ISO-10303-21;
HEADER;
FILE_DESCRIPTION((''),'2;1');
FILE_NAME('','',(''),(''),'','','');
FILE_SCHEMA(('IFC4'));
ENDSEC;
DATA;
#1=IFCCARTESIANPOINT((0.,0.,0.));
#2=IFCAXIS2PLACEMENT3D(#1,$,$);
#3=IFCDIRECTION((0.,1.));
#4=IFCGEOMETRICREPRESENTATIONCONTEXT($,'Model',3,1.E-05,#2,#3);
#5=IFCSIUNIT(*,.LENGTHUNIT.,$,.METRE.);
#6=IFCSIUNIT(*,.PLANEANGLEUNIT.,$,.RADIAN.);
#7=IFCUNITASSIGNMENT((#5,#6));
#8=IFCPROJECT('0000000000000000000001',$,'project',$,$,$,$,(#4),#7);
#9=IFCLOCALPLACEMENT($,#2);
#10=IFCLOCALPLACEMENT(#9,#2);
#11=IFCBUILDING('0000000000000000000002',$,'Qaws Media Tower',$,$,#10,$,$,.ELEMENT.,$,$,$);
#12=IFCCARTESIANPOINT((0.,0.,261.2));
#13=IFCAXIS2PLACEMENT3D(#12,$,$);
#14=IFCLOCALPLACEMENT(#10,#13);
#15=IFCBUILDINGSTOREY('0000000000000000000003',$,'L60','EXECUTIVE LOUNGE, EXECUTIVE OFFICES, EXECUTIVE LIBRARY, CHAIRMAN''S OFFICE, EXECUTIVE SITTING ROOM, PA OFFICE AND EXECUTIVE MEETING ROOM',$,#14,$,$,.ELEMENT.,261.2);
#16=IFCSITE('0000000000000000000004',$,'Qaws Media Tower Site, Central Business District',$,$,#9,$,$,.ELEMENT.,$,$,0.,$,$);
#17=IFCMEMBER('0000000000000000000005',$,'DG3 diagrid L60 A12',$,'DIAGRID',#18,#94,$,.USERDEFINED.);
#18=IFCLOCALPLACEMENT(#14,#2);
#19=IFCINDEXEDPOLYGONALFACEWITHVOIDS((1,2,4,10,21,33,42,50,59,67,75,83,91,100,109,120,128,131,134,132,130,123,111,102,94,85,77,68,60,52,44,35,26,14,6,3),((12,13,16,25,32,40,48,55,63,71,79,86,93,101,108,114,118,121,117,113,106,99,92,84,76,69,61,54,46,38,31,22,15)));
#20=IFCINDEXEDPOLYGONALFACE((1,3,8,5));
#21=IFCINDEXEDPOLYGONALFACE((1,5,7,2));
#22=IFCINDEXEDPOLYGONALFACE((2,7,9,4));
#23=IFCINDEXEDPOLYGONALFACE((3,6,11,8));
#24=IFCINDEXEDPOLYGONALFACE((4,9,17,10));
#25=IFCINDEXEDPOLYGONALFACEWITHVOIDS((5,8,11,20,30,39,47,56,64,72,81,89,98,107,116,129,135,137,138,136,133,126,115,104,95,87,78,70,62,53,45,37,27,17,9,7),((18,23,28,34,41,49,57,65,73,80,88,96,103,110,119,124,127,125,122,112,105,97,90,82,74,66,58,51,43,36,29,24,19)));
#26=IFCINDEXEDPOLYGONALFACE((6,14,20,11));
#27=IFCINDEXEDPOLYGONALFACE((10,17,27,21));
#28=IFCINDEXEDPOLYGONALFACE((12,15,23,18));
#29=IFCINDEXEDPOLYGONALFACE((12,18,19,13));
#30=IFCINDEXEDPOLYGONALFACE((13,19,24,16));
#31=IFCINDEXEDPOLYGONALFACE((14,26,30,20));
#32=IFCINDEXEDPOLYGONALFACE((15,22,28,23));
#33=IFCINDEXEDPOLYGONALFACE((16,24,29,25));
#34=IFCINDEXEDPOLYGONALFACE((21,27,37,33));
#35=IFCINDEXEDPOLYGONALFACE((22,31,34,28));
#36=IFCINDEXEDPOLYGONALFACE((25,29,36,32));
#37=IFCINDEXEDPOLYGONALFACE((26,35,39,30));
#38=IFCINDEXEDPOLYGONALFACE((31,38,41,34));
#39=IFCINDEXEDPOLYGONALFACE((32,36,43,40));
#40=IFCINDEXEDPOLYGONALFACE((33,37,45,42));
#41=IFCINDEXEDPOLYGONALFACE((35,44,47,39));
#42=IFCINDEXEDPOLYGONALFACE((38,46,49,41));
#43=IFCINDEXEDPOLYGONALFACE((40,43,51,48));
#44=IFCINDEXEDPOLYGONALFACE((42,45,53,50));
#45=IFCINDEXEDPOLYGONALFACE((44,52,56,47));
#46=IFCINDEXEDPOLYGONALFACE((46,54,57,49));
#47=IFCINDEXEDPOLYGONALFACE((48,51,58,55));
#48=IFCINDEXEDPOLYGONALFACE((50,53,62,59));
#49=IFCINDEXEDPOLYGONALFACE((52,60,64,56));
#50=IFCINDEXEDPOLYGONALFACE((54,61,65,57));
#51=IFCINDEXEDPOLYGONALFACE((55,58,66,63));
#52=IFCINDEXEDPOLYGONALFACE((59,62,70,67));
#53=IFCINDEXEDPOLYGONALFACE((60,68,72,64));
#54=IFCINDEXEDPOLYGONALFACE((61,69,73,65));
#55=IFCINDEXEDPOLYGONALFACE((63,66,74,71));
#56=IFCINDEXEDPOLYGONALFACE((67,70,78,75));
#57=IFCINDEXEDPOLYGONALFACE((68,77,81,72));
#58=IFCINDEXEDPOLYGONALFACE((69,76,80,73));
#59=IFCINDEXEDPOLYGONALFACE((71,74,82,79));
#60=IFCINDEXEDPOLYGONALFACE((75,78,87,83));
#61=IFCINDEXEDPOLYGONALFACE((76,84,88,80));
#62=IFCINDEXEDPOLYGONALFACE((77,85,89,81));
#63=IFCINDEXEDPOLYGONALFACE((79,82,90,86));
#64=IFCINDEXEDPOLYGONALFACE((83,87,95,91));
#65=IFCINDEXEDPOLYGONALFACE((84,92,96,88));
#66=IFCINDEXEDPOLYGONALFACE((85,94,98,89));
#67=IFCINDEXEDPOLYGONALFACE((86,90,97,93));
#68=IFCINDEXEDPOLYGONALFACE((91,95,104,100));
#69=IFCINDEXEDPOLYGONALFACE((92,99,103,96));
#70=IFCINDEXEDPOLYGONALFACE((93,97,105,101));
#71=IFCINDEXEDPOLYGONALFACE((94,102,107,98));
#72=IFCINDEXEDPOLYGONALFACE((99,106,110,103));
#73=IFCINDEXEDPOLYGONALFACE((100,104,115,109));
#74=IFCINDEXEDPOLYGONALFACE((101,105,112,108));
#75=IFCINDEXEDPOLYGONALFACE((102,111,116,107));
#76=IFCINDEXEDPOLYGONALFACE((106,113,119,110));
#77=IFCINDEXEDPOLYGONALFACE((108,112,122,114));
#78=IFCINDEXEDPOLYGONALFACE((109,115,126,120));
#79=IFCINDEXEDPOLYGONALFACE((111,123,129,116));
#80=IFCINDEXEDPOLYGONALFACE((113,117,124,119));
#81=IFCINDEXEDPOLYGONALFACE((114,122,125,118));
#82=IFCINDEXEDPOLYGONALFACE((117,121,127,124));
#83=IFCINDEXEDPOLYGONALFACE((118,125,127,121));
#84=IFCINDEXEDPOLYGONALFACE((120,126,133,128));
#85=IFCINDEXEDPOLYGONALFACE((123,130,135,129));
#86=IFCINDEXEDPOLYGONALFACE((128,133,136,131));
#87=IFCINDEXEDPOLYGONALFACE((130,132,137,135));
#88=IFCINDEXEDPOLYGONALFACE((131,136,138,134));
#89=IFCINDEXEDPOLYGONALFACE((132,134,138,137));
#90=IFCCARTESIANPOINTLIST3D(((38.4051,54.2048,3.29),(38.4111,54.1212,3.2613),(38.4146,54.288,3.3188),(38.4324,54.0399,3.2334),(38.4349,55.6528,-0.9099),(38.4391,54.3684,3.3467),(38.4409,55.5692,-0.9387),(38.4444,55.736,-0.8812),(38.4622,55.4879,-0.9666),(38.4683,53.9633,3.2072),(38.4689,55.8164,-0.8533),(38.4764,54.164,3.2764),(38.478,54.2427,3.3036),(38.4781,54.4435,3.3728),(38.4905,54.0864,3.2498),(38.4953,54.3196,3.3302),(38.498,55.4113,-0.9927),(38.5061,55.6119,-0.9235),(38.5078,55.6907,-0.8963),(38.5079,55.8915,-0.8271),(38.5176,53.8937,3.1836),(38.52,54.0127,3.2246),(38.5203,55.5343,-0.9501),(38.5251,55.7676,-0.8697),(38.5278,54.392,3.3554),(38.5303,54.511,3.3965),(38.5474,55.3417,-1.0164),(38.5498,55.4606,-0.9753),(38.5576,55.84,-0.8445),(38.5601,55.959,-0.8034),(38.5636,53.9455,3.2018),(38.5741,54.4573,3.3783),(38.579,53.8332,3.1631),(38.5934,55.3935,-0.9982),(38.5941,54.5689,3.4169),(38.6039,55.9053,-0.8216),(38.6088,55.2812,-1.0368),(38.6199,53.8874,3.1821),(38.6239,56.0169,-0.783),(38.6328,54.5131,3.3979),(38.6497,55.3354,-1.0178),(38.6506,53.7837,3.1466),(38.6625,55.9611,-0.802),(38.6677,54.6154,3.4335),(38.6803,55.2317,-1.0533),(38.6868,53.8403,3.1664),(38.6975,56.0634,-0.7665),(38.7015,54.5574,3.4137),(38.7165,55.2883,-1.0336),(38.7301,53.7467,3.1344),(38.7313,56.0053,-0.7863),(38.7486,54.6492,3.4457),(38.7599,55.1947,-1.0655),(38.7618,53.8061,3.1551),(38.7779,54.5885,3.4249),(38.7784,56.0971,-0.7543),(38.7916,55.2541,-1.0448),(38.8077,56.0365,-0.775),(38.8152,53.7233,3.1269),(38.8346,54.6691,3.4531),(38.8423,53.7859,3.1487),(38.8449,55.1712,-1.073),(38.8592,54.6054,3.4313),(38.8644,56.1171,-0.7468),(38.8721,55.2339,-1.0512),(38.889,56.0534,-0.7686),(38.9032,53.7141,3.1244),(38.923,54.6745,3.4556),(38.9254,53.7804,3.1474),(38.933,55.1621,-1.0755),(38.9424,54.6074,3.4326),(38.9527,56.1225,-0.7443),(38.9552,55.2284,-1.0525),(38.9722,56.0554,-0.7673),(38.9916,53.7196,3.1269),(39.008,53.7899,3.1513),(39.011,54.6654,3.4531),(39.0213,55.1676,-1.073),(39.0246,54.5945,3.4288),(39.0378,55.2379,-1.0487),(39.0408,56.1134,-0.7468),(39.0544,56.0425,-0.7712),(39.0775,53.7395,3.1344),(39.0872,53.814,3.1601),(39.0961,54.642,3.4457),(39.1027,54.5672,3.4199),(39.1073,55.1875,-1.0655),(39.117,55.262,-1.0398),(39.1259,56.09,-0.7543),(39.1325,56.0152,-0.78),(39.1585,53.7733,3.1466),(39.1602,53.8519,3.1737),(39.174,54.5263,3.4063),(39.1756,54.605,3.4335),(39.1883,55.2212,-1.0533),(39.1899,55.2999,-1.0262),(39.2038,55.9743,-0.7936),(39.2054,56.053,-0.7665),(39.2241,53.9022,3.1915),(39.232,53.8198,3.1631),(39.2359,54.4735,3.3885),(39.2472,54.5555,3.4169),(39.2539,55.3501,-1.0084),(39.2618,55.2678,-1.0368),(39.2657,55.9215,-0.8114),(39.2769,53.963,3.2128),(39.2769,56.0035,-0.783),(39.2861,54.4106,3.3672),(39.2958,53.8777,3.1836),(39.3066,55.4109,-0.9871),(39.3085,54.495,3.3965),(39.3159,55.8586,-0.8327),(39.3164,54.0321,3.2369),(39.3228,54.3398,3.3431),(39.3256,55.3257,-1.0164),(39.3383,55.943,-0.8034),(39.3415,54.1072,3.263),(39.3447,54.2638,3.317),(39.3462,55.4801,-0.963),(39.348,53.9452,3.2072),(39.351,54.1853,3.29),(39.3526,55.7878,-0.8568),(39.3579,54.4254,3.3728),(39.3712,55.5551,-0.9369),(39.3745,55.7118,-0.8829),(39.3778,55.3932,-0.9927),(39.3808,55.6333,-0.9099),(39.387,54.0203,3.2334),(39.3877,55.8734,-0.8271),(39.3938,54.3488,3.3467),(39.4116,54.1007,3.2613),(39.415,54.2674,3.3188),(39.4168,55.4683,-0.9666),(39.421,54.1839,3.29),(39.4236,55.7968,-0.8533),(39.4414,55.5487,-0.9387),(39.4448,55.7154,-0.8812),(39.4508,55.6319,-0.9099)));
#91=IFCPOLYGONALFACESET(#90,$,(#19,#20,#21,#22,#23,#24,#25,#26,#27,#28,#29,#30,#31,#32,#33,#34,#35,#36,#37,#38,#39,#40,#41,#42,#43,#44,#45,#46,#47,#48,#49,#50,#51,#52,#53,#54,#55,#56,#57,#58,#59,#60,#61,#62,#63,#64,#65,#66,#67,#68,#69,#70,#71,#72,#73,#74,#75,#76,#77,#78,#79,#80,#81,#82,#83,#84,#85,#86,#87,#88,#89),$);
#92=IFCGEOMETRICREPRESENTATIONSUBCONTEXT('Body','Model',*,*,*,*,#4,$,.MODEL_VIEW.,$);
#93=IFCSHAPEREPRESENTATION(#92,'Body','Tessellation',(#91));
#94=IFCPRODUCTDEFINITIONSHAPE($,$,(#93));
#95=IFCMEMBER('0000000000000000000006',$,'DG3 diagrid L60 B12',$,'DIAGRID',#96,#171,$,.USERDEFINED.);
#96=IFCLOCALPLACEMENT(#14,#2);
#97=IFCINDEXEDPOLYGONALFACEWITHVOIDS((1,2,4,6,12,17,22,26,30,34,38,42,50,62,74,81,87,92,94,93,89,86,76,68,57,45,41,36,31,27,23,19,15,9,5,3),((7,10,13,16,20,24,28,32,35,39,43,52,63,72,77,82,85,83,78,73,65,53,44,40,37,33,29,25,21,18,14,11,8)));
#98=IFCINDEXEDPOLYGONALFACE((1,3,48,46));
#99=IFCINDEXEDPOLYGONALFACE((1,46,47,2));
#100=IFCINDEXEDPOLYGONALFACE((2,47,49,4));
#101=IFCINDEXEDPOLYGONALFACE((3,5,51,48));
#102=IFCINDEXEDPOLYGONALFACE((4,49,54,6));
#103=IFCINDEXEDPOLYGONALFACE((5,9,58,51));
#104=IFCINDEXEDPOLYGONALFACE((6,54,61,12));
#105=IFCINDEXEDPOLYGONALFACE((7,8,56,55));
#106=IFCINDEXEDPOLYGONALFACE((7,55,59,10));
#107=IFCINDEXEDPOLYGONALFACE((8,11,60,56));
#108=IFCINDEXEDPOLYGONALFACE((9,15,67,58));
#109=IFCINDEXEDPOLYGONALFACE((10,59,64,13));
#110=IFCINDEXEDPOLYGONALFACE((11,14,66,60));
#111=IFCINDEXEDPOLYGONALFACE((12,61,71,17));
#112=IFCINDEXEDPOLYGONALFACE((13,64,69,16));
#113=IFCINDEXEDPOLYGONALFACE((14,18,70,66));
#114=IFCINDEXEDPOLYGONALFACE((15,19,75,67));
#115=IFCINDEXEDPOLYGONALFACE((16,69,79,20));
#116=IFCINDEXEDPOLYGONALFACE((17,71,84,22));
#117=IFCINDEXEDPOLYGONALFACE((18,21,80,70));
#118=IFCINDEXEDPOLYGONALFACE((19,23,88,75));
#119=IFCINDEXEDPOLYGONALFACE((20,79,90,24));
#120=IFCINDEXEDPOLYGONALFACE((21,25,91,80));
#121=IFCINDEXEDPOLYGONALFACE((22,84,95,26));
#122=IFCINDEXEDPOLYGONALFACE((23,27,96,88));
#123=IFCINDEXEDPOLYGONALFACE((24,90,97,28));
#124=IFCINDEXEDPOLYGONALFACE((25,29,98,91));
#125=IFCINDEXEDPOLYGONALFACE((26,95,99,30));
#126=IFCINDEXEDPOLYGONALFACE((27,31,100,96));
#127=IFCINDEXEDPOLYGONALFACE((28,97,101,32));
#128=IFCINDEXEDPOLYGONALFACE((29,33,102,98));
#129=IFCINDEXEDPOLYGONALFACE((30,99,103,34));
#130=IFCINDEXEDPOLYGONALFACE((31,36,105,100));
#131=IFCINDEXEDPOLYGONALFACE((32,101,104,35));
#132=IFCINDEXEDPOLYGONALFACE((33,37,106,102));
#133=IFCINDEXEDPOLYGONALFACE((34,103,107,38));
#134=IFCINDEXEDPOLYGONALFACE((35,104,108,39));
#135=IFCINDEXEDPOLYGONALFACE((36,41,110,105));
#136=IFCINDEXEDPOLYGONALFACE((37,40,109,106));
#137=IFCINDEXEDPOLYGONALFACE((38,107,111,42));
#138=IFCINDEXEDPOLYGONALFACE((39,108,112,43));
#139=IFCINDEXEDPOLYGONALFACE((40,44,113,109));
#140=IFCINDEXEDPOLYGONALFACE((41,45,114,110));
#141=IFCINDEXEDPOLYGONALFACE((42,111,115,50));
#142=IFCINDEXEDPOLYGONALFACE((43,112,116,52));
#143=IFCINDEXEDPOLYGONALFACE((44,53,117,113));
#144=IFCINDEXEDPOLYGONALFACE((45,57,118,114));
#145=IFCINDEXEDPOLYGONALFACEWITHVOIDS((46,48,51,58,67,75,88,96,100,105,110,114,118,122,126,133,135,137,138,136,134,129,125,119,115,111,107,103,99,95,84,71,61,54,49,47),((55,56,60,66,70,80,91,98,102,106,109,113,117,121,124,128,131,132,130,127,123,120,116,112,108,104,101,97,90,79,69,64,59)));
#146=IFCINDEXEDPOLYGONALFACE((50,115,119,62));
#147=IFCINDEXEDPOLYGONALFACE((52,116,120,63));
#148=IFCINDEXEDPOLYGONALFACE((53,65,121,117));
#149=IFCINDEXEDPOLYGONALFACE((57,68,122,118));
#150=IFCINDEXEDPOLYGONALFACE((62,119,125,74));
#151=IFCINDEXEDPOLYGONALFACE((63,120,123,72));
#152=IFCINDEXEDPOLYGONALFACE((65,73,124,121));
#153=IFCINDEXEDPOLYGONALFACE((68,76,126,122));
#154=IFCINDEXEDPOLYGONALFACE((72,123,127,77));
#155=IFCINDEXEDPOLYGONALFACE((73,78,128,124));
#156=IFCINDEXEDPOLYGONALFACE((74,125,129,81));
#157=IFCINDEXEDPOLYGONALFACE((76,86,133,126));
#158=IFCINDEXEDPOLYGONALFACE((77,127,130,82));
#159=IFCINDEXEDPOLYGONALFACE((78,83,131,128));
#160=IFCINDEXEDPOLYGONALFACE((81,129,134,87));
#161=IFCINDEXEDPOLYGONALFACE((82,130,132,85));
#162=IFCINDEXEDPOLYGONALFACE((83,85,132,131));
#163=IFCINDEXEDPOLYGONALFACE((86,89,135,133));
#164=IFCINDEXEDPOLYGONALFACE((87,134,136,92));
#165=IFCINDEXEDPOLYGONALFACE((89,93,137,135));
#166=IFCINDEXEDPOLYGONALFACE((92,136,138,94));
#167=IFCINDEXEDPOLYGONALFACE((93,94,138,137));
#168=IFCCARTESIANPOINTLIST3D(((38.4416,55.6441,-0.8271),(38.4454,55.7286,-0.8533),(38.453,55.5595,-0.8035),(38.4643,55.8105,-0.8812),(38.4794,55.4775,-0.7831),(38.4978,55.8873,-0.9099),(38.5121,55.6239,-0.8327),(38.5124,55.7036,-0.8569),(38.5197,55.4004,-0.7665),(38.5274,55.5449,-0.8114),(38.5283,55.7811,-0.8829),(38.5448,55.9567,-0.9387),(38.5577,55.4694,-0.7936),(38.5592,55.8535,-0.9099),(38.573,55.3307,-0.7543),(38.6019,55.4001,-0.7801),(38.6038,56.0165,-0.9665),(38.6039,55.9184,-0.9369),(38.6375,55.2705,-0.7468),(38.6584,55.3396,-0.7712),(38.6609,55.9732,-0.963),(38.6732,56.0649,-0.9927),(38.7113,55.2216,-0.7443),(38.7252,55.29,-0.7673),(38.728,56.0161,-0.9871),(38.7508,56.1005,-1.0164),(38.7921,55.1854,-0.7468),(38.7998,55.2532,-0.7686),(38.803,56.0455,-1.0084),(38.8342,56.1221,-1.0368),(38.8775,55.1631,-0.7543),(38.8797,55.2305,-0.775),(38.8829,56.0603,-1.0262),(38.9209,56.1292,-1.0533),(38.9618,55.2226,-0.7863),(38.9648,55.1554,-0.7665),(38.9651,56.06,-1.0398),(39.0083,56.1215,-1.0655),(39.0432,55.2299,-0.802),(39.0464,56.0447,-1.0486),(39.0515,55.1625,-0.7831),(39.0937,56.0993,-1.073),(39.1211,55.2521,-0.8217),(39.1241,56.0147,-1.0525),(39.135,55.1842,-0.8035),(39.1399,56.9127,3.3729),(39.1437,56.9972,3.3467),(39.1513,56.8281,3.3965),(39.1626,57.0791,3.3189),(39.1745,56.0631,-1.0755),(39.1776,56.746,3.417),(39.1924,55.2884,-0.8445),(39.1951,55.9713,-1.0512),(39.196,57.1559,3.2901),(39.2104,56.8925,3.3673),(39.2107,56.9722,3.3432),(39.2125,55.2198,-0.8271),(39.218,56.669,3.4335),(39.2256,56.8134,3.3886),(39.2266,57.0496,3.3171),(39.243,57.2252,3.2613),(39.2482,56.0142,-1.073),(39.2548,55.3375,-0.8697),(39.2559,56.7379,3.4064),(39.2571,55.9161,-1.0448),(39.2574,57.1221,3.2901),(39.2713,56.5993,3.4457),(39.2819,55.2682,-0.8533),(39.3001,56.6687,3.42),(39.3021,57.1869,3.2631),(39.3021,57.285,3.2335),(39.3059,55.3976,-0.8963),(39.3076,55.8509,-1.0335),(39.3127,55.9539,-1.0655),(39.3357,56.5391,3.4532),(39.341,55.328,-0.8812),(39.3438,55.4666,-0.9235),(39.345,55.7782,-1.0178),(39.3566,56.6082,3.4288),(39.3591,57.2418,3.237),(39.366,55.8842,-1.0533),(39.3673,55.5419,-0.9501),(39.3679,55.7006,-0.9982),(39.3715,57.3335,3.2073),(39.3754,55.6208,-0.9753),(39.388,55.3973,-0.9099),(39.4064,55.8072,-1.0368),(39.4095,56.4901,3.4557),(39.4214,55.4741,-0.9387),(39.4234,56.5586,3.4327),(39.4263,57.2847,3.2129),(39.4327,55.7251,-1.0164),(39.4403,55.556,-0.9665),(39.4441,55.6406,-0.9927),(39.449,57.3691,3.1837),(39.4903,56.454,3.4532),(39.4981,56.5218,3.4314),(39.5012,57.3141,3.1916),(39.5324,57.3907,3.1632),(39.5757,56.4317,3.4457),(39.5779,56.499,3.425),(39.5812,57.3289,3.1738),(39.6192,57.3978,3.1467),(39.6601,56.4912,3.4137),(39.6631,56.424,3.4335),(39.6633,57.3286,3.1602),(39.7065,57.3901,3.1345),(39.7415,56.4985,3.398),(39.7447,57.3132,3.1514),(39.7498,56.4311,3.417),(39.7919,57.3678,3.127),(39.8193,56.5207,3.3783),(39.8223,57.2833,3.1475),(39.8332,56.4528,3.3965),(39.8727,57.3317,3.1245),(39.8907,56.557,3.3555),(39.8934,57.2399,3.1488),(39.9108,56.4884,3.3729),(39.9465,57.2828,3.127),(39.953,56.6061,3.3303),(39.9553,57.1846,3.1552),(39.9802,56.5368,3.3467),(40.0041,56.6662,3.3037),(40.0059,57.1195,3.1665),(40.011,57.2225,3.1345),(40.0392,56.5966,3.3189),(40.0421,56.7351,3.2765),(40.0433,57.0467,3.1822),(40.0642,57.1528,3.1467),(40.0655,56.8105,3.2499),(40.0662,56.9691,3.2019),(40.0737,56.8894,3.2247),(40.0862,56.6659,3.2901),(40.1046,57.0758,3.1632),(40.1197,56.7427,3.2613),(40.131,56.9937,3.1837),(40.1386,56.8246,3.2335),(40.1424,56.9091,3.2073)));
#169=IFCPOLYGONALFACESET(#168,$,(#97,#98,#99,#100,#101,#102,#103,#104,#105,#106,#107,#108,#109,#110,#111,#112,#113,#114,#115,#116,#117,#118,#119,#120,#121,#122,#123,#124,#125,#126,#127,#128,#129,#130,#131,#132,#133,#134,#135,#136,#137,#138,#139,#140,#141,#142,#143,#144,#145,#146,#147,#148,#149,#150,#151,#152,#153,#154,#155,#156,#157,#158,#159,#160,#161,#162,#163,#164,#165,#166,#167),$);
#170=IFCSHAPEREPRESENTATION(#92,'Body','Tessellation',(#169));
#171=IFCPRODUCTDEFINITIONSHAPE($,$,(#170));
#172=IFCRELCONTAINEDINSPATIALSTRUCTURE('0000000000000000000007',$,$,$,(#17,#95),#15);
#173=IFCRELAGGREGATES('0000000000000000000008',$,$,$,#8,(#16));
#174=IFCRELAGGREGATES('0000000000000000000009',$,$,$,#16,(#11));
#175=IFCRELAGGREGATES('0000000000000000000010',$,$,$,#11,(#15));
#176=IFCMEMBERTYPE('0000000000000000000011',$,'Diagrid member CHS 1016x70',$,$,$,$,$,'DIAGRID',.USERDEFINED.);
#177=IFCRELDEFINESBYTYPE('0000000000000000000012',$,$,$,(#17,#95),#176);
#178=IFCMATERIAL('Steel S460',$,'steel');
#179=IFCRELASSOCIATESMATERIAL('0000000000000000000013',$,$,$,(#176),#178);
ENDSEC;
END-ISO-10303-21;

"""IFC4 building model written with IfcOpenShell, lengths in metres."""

from ifc_helpers import new_model, si_unit, direction, frame, origin, origin_2d, place, context, subcontext, project, spatial, hollow_circle, extrude, material, material_profile, profile_set, type_object, element, save


model = new_model("IFC4")

# Units and contexts
model_context = context("Model", 3, precision=1e-05, world=origin(), true_north=direction((0.0, 1.0)))
body_context = subcontext(model_context, "Body", "Model", "MODEL_VIEW")
ifc_project = project(units=[si_unit("LENGTHUNIT", "METRE"), si_unit("PLANEANGLEUNIT", "RADIAN")], contexts=[model_context])

# Site, building, storey
site_placement = place(None, origin())
site = spatial("IfcSite", under=ifc_project, at=site_placement, Name="Qaws Media Tower Site, Central Business District", CompositionType="ELEMENT", RefElevation=0.0)
building_placement = place(site_placement, origin())
building = spatial("IfcBuilding", under=site, at=building_placement, Name="Qaws Media Tower", CompositionType="ELEMENT")
storey_placement = place(building_placement, frame((0.0, 0.0, 261.2)))
storey = spatial("IfcBuildingStorey", under=building, at=storey_placement, Name="L60", Description="EXECUTIVE LOUNGE, EXECUTIVE OFFICES, EXECUTIVE LIBRARY, CHAIRMAN'S OFFICE, EXECUTIVE SITTING ROOM, PA OFFICE AND EXECUTIVE MEETING ROOM", CompositionType="ELEMENT", Elevation=261.2)

# Members
ifc_material_1 = material(Name="Steel S460", Category="steel")
ifc_material_profile_1 = material_profile(ifc_material_1, hollow_circle(Radius=0.5081, WallThickness=0.0701, at=origin_2d()), Name="CHS 1016x70")
ifc_profile_set_1 = profile_set([ifc_material_profile_1], Name="Steel S460")
member_type_1 = type_object("IfcMemberType", Name="Diagrid member CHS 1016x70", ElementType="DIAGRID", PredefinedType="USERDEFINED", material=ifc_profile_set_1)
for number, where, z_axis, x_axis, name in (
    (1, (38.9429, 55.6423, -0.9099), (-0.006704, -0.325931, 0.94537), (0.999789, -0.020566, 0.0), "DG3 diagrid L60 A12"),
    (2, (38.9429, 55.6423, -0.9099), (0.157171, 0.285546, 0.945389), (-0.876059, 0.482204, 0.0), "DG3 diagrid L60 B12"),
):
    element("IfcMember", number, at=place(storey_placement, frame(where, z_axis=z_axis, x_axis=x_axis)), inside=storey, type_object=member_type_1, Name=name, ObjectType="DIAGRID", PredefinedType="USERDEFINED", context=body_context, shape_type="SweptSolid", body=[
        extrude(hollow_circle(Radius=0.5081, WallThickness=0.0701, at=origin_2d()), origin(), (0.0, 0.0, 1.0), 4.4426),
    ])

save(model, "model.ifc")
